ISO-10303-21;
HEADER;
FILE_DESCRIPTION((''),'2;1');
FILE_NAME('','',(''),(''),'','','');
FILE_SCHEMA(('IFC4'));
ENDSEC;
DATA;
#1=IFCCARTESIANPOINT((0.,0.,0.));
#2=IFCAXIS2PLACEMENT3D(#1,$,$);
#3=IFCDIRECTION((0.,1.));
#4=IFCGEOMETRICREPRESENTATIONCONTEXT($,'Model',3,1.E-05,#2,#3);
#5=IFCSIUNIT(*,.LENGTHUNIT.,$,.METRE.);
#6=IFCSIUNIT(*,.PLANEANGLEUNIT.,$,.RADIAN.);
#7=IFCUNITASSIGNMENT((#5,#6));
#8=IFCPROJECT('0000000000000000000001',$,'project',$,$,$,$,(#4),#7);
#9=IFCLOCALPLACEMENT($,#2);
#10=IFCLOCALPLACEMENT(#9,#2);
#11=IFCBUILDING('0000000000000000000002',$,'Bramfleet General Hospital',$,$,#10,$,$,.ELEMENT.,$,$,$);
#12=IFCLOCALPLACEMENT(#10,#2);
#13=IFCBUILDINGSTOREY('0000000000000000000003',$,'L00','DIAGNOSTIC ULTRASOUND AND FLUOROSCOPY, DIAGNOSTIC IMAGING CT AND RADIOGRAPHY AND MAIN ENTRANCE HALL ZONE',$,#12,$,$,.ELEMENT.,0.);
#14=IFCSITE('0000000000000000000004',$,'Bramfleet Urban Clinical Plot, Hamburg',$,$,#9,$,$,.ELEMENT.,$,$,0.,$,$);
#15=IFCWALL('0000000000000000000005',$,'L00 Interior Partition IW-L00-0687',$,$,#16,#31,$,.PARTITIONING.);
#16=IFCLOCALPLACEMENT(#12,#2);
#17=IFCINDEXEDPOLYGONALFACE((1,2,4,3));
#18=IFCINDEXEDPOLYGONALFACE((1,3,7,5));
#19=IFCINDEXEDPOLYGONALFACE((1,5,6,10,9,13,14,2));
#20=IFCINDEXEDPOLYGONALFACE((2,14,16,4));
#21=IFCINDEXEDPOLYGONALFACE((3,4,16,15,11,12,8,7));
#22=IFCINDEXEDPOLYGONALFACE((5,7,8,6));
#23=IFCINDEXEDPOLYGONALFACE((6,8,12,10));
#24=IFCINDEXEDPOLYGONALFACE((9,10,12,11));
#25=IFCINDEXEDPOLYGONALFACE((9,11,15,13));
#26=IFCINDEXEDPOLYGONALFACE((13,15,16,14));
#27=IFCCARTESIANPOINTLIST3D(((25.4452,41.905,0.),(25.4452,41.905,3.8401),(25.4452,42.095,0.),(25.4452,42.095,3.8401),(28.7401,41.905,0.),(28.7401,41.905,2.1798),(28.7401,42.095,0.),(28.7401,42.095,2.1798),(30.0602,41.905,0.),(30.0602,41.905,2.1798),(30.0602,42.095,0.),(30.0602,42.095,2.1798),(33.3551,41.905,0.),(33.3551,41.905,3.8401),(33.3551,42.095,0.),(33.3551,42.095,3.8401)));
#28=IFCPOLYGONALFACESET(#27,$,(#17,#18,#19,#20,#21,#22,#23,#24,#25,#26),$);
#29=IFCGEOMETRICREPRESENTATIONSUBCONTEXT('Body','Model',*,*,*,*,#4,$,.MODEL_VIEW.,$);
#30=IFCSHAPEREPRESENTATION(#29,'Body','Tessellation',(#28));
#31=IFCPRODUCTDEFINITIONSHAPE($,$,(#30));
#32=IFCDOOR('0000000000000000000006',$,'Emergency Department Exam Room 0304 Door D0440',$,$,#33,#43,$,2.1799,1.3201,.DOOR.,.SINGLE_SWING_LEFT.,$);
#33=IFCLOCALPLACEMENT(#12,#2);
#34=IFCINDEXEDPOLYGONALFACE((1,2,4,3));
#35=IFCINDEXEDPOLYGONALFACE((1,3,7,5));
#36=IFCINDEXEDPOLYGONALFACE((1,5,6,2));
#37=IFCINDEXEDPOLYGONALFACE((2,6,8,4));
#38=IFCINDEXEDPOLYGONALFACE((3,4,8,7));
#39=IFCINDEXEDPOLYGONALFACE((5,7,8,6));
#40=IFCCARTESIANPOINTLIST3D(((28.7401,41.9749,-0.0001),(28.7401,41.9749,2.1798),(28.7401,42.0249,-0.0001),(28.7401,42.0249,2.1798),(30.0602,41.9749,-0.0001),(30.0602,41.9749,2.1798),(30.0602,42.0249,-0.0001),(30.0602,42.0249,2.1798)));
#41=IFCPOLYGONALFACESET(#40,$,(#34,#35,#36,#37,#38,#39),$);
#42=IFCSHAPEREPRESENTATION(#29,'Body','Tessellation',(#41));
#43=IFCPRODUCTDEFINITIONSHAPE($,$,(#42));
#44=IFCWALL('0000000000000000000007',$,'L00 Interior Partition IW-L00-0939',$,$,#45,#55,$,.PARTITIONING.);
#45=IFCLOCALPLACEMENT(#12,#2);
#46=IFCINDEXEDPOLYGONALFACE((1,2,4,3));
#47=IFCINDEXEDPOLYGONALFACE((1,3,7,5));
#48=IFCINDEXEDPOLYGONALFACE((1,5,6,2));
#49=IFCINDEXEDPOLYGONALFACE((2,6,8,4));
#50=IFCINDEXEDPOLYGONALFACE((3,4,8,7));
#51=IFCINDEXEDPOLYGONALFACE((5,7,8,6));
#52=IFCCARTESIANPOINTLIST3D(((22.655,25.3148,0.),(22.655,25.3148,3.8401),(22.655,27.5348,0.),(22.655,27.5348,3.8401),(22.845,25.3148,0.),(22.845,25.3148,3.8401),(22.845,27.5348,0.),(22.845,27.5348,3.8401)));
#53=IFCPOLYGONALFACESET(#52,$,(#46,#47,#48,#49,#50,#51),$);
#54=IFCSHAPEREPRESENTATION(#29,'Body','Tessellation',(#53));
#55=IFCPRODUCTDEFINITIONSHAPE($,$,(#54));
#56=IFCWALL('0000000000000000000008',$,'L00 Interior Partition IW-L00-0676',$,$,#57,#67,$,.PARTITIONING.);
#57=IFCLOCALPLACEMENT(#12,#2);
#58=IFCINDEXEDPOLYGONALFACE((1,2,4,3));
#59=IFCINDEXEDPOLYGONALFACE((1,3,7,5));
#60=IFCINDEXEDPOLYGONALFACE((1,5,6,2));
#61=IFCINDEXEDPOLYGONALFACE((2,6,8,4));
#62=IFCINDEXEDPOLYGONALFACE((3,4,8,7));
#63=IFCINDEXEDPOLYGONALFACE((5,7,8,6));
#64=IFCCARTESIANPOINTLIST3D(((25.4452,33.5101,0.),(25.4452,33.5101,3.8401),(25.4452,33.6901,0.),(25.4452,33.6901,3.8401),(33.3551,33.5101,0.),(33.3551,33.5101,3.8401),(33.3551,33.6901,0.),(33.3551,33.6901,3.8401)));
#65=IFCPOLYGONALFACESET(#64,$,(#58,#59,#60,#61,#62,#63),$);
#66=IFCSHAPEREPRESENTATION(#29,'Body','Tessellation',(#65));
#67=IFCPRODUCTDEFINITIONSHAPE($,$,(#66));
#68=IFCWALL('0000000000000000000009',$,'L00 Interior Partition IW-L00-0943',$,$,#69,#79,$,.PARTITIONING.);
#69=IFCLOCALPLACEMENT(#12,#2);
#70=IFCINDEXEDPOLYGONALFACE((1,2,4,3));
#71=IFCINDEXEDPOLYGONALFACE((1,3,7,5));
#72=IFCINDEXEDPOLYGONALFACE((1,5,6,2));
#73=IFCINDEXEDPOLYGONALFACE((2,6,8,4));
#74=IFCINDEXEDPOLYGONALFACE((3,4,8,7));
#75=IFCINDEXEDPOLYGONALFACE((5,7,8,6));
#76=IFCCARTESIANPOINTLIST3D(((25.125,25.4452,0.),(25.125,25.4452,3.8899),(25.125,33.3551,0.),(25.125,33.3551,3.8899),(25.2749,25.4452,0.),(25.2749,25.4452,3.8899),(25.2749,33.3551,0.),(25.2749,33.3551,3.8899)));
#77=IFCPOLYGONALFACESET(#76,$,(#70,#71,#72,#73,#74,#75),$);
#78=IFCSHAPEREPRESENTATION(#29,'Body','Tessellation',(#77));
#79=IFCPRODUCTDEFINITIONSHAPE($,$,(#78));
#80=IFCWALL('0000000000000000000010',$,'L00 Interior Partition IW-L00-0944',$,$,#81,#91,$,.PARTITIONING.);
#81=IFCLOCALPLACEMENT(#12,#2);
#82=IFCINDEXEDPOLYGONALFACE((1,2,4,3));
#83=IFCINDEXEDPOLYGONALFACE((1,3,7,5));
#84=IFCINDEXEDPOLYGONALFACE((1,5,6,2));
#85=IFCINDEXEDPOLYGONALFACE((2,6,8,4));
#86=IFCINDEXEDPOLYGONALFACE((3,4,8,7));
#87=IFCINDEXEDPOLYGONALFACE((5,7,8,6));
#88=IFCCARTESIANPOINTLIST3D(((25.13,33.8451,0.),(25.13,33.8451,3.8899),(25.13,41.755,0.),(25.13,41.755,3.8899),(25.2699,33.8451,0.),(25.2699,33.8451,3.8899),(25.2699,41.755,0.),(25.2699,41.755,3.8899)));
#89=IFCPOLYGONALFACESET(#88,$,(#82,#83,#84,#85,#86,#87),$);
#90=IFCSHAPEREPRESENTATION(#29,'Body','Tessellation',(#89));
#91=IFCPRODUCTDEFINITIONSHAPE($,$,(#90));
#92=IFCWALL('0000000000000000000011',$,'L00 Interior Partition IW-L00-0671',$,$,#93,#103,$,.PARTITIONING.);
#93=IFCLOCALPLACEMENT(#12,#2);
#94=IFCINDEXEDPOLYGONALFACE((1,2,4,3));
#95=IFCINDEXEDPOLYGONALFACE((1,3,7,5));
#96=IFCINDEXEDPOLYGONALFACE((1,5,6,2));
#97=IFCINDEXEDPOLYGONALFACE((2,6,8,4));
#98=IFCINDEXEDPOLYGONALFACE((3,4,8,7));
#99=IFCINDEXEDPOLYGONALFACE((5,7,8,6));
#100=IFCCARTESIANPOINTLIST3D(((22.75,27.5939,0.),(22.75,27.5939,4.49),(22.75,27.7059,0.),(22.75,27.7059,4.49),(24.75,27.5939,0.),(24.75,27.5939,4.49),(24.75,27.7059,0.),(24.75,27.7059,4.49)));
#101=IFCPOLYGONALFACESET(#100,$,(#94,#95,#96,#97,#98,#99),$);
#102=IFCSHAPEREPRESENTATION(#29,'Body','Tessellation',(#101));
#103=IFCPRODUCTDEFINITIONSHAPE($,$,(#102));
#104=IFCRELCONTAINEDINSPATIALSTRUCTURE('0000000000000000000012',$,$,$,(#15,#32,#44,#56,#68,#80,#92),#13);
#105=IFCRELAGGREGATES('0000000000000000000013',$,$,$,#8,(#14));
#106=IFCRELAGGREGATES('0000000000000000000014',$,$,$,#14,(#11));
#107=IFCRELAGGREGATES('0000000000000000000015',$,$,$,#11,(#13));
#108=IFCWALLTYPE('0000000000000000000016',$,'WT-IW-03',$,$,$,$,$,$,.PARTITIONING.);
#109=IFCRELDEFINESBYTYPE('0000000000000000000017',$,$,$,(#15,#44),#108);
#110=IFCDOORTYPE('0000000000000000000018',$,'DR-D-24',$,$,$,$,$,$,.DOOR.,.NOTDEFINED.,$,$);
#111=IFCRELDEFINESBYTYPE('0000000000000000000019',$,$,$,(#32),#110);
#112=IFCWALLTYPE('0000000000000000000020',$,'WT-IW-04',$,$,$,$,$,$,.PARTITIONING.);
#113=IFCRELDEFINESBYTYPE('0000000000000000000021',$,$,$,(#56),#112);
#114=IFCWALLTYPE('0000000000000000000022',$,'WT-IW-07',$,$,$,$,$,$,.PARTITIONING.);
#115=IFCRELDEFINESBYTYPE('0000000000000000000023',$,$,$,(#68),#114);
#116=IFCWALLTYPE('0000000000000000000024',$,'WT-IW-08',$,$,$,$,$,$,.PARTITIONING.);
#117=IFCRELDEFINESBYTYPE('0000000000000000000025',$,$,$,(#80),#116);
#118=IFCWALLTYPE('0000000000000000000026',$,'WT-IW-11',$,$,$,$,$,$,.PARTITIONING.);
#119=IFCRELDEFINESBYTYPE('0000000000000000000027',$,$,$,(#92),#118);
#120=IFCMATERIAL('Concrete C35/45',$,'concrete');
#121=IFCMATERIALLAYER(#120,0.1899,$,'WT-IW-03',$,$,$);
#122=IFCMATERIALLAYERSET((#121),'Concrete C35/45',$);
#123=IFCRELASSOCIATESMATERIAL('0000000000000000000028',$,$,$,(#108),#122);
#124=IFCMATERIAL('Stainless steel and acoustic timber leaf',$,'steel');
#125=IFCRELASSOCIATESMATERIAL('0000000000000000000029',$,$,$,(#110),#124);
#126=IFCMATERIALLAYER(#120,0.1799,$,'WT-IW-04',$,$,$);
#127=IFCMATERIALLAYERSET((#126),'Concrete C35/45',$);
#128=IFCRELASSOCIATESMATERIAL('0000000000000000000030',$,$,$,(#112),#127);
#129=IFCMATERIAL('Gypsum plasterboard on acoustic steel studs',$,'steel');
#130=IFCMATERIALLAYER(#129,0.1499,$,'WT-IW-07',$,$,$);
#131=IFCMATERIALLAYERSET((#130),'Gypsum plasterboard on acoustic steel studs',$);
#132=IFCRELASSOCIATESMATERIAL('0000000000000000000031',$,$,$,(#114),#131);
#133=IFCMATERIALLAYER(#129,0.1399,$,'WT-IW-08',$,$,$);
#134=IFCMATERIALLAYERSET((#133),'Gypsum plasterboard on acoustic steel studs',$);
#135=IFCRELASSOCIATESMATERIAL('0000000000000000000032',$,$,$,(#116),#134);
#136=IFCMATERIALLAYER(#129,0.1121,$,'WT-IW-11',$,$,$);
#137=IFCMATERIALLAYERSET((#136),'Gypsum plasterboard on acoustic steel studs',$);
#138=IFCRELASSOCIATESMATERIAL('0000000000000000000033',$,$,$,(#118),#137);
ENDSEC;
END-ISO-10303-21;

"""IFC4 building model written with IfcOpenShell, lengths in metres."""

from ifc_helpers import new_model, si_unit, direction, frame, frame_2d, origin, place, context, subcontext, project, spatial, rectangle, extrude, material, layer, layer_set, type_object, element, fill, save


model = new_model("IFC4")

# Units and contexts
model_context = context("Model", 3, precision=1e-05, world=origin(), true_north=direction((0.0, 1.0)))
body_context = subcontext(model_context, "Body", "Model", "MODEL_VIEW")
ifc_project = project(units=[si_unit("LENGTHUNIT", "METRE"), si_unit("PLANEANGLEUNIT", "RADIAN")], contexts=[model_context])

# Site, building, storey
site_placement = place(None, origin())
site = spatial("IfcSite", under=ifc_project, at=site_placement, Name="Bramfleet Urban Clinical Plot, Hamburg", CompositionType="ELEMENT", RefElevation=0.0)
building_placement = place(site_placement, origin())
building = spatial("IfcBuilding", under=site, at=building_placement, Name="Bramfleet General Hospital", CompositionType="ELEMENT")
storey_placement = place(building_placement, origin())
storey = spatial("IfcBuildingStorey", under=building, at=storey_placement, Name="L00", Description="DIAGNOSTIC ULTRASOUND AND FLUOROSCOPY, DIAGNOSTIC IMAGING CT AND RADIOGRAPHY AND MAIN ENTRANCE HALL ZONE", CompositionType="ELEMENT", Elevation=0.0)

# Shared definitions
ifc_material_1 = material(Name="Concrete C35/45", Category="concrete")

# Shared definitions
ifc_material_2 = material(Name="Stainless steel and acoustic timber leaf", Category="steel")

# Shared definitions
ifc_layer_1 = layer(ifc_material_1, 0.1899, Name="WT-IW-03")
ifc_layer_set_1 = layer_set([ifc_layer_1], Name="Concrete C35/45")
wall_type_1 = type_object("IfcWallType", Name="WT-IW-03", PredefinedType="PARTITIONING", material=ifc_layer_set_1)

# Wall, opening, door
wall_1_placement = place(storey_placement, frame((25.4451, 42.0, 0.0), z_axis=(0.0, 0.0, 1.0), x_axis=(1.0, 0.0, 0.0)))
wall_1 = element("IfcWall", 1, at=wall_1_placement, inside=storey, type_object=wall_type_1, Name="L00 Interior Partition IW-L00-0687", PredefinedType="PARTITIONING", context=body_context, shape_type="SweptSolid", body=[
    extrude(rectangle(XDim=7.9099, YDim=0.1899, at=frame_2d((3.9551, 0.0))), origin(), (0.0, 0.0, 1.0), 3.8401),
])
opening_1_placement = place(wall_1_placement, frame((3.2949, 0.0, 0.0)))
opening_1 = element("IfcOpeningElement", 2, at=opening_1_placement, cuts=wall_1, PredefinedType="OPENING", context=body_context, shape_type="SweptSolid", body=[
    extrude(rectangle(XDim=1.3201, YDim=2.1799, at=frame_2d((0.6602, 1.0898))), frame((0.0, 0.105, 0.0), z_axis=(0.0, -1.0, 0.0), x_axis=(1.0, 0.0, 0.0)), (0.0, 0.0, 1.0), 0.21),
])
door_type_1 = type_object("IfcDoorType", Name="DR-D-24", OperationType="NOTDEFINED", PredefinedType="DOOR", material=ifc_material_2)
door_1_placement = place(opening_1_placement, origin())
door_1 = element("IfcDoor", 3, at=door_1_placement, inside=storey, type_object=door_type_1, Name="Emergency Department Exam Room 0304 Door D0440", OperationType="SINGLE_SWING_LEFT", OverallHeight=2.1799, OverallWidth=1.3201, PredefinedType="DOOR", context=body_context, shape_type="SweptSolid", body=[
    extrude(rectangle(XDim=1.3201, YDim=2.1799, at=frame_2d((0.6602, 1.0898))), frame((0.0, 0.0249, 0.0), z_axis=(0.0, -1.0, 0.0), x_axis=(1.0, 0.0, 0.0)), (0.0, 0.0, 1.0), 0.05),
])
fill(opening_1, door_1)

# Walls
wall_2_placement = place(storey_placement, frame((22.75, 25.3149, 0.0), z_axis=(0.0, 0.0, 1.0), x_axis=(0.0, 1.0, 0.0)))
element("IfcWall", 4, at=wall_2_placement, inside=storey, type_object=wall_type_1, Name="L00 Interior Partition IW-L00-0939", PredefinedType="PARTITIONING", context=body_context, shape_type="SweptSolid", body=[
    extrude(rectangle(XDim=2.22, YDim=0.1899, at=frame_2d((1.1099, 0.0))), origin(), (0.0, 0.0, 1.0), 3.8401),
])
ifc_layer_2 = layer(ifc_material_1, 0.1799, Name="WT-IW-04")
ifc_layer_set_2 = layer_set([ifc_layer_2], Name="Concrete C35/45")
wall_type_2 = type_object("IfcWallType", Name="WT-IW-04", PredefinedType="PARTITIONING", material=ifc_layer_set_2)
wall_3_placement = place(storey_placement, frame((25.4451, 33.6001, 0.0), z_axis=(0.0, 0.0, 1.0), x_axis=(1.0, 0.0, 0.0)))
element("IfcWall", 5, at=wall_3_placement, inside=storey, type_object=wall_type_2, Name="L00 Interior Partition IW-L00-0676", PredefinedType="PARTITIONING", context=body_context, shape_type="SweptSolid", body=[
    extrude(rectangle(XDim=7.9099, YDim=0.1799, at=frame_2d((3.9551, 0.0))), origin(), (0.0, 0.0, 1.0), 3.8401),
])
ifc_material_3 = material(Name="Gypsum plasterboard on acoustic steel studs", Category="steel")
ifc_layer_3 = layer(ifc_material_3, 0.1499, Name="WT-IW-07")
ifc_layer_set_3 = layer_set([ifc_layer_3], Name="Gypsum plasterboard on acoustic steel studs")
wall_type_3 = type_object("IfcWallType", Name="WT-IW-07", PredefinedType="PARTITIONING", material=ifc_layer_set_3)
wall_4_placement = place(storey_placement, frame((25.2, 25.4451, 0.0), z_axis=(0.0, 0.0, 1.0), x_axis=(0.0, 1.0, 0.0)))
element("IfcWall", 6, at=wall_4_placement, inside=storey, type_object=wall_type_3, Name="L00 Interior Partition IW-L00-0943", PredefinedType="PARTITIONING", context=body_context, shape_type="SweptSolid", body=[
    extrude(rectangle(XDim=7.9099, YDim=0.1499, at=frame_2d((3.9551, 0.0))), origin(), (0.0, 0.0, 1.0), 3.8899),
])
ifc_layer_4 = layer(ifc_material_3, 0.1399, Name="WT-IW-08")
ifc_layer_set_4 = layer_set([ifc_layer_4], Name="Gypsum plasterboard on acoustic steel studs")
wall_type_4 = type_object("IfcWallType", Name="WT-IW-08", PredefinedType="PARTITIONING", material=ifc_layer_set_4)
wall_5_placement = place(storey_placement, frame((25.2, 33.845, 0.0), z_axis=(0.0, 0.0, 1.0), x_axis=(0.0, 1.0, 0.0)))
element("IfcWall", 7, at=wall_5_placement, inside=storey, type_object=wall_type_4, Name="L00 Interior Partition IW-L00-0944", PredefinedType="PARTITIONING", context=body_context, shape_type="SweptSolid", body=[
    extrude(rectangle(XDim=7.9099, YDim=0.1399, at=frame_2d((3.9551, 0.0))), origin(), (0.0, 0.0, 1.0), 3.8899),
])
ifc_layer_5 = layer(ifc_material_3, 0.1121, Name="WT-IW-11")
ifc_layer_set_5 = layer_set([ifc_layer_5], Name="Gypsum plasterboard on acoustic steel studs")
wall_type_5 = type_object("IfcWallType", Name="WT-IW-11", PredefinedType="PARTITIONING", material=ifc_layer_set_5)
wall_6_placement = place(storey_placement, frame((22.75, 27.6499, 0.0), z_axis=(0.0, 0.0, 1.0), x_axis=(1.0, 0.0, 0.0)))
element("IfcWall", 8, at=wall_6_placement, inside=storey, type_object=wall_type_5, Name="L00 Interior Partition IW-L00-0671", PredefinedType="PARTITIONING", context=body_context, shape_type="SweptSolid", body=[
    extrude(rectangle(XDim=2.0, YDim=0.1121, at=frame_2d((1.0, 0.0))), origin(), (0.0, 0.0, 1.0), 4.49),
])

save(model, "model.ifc")
